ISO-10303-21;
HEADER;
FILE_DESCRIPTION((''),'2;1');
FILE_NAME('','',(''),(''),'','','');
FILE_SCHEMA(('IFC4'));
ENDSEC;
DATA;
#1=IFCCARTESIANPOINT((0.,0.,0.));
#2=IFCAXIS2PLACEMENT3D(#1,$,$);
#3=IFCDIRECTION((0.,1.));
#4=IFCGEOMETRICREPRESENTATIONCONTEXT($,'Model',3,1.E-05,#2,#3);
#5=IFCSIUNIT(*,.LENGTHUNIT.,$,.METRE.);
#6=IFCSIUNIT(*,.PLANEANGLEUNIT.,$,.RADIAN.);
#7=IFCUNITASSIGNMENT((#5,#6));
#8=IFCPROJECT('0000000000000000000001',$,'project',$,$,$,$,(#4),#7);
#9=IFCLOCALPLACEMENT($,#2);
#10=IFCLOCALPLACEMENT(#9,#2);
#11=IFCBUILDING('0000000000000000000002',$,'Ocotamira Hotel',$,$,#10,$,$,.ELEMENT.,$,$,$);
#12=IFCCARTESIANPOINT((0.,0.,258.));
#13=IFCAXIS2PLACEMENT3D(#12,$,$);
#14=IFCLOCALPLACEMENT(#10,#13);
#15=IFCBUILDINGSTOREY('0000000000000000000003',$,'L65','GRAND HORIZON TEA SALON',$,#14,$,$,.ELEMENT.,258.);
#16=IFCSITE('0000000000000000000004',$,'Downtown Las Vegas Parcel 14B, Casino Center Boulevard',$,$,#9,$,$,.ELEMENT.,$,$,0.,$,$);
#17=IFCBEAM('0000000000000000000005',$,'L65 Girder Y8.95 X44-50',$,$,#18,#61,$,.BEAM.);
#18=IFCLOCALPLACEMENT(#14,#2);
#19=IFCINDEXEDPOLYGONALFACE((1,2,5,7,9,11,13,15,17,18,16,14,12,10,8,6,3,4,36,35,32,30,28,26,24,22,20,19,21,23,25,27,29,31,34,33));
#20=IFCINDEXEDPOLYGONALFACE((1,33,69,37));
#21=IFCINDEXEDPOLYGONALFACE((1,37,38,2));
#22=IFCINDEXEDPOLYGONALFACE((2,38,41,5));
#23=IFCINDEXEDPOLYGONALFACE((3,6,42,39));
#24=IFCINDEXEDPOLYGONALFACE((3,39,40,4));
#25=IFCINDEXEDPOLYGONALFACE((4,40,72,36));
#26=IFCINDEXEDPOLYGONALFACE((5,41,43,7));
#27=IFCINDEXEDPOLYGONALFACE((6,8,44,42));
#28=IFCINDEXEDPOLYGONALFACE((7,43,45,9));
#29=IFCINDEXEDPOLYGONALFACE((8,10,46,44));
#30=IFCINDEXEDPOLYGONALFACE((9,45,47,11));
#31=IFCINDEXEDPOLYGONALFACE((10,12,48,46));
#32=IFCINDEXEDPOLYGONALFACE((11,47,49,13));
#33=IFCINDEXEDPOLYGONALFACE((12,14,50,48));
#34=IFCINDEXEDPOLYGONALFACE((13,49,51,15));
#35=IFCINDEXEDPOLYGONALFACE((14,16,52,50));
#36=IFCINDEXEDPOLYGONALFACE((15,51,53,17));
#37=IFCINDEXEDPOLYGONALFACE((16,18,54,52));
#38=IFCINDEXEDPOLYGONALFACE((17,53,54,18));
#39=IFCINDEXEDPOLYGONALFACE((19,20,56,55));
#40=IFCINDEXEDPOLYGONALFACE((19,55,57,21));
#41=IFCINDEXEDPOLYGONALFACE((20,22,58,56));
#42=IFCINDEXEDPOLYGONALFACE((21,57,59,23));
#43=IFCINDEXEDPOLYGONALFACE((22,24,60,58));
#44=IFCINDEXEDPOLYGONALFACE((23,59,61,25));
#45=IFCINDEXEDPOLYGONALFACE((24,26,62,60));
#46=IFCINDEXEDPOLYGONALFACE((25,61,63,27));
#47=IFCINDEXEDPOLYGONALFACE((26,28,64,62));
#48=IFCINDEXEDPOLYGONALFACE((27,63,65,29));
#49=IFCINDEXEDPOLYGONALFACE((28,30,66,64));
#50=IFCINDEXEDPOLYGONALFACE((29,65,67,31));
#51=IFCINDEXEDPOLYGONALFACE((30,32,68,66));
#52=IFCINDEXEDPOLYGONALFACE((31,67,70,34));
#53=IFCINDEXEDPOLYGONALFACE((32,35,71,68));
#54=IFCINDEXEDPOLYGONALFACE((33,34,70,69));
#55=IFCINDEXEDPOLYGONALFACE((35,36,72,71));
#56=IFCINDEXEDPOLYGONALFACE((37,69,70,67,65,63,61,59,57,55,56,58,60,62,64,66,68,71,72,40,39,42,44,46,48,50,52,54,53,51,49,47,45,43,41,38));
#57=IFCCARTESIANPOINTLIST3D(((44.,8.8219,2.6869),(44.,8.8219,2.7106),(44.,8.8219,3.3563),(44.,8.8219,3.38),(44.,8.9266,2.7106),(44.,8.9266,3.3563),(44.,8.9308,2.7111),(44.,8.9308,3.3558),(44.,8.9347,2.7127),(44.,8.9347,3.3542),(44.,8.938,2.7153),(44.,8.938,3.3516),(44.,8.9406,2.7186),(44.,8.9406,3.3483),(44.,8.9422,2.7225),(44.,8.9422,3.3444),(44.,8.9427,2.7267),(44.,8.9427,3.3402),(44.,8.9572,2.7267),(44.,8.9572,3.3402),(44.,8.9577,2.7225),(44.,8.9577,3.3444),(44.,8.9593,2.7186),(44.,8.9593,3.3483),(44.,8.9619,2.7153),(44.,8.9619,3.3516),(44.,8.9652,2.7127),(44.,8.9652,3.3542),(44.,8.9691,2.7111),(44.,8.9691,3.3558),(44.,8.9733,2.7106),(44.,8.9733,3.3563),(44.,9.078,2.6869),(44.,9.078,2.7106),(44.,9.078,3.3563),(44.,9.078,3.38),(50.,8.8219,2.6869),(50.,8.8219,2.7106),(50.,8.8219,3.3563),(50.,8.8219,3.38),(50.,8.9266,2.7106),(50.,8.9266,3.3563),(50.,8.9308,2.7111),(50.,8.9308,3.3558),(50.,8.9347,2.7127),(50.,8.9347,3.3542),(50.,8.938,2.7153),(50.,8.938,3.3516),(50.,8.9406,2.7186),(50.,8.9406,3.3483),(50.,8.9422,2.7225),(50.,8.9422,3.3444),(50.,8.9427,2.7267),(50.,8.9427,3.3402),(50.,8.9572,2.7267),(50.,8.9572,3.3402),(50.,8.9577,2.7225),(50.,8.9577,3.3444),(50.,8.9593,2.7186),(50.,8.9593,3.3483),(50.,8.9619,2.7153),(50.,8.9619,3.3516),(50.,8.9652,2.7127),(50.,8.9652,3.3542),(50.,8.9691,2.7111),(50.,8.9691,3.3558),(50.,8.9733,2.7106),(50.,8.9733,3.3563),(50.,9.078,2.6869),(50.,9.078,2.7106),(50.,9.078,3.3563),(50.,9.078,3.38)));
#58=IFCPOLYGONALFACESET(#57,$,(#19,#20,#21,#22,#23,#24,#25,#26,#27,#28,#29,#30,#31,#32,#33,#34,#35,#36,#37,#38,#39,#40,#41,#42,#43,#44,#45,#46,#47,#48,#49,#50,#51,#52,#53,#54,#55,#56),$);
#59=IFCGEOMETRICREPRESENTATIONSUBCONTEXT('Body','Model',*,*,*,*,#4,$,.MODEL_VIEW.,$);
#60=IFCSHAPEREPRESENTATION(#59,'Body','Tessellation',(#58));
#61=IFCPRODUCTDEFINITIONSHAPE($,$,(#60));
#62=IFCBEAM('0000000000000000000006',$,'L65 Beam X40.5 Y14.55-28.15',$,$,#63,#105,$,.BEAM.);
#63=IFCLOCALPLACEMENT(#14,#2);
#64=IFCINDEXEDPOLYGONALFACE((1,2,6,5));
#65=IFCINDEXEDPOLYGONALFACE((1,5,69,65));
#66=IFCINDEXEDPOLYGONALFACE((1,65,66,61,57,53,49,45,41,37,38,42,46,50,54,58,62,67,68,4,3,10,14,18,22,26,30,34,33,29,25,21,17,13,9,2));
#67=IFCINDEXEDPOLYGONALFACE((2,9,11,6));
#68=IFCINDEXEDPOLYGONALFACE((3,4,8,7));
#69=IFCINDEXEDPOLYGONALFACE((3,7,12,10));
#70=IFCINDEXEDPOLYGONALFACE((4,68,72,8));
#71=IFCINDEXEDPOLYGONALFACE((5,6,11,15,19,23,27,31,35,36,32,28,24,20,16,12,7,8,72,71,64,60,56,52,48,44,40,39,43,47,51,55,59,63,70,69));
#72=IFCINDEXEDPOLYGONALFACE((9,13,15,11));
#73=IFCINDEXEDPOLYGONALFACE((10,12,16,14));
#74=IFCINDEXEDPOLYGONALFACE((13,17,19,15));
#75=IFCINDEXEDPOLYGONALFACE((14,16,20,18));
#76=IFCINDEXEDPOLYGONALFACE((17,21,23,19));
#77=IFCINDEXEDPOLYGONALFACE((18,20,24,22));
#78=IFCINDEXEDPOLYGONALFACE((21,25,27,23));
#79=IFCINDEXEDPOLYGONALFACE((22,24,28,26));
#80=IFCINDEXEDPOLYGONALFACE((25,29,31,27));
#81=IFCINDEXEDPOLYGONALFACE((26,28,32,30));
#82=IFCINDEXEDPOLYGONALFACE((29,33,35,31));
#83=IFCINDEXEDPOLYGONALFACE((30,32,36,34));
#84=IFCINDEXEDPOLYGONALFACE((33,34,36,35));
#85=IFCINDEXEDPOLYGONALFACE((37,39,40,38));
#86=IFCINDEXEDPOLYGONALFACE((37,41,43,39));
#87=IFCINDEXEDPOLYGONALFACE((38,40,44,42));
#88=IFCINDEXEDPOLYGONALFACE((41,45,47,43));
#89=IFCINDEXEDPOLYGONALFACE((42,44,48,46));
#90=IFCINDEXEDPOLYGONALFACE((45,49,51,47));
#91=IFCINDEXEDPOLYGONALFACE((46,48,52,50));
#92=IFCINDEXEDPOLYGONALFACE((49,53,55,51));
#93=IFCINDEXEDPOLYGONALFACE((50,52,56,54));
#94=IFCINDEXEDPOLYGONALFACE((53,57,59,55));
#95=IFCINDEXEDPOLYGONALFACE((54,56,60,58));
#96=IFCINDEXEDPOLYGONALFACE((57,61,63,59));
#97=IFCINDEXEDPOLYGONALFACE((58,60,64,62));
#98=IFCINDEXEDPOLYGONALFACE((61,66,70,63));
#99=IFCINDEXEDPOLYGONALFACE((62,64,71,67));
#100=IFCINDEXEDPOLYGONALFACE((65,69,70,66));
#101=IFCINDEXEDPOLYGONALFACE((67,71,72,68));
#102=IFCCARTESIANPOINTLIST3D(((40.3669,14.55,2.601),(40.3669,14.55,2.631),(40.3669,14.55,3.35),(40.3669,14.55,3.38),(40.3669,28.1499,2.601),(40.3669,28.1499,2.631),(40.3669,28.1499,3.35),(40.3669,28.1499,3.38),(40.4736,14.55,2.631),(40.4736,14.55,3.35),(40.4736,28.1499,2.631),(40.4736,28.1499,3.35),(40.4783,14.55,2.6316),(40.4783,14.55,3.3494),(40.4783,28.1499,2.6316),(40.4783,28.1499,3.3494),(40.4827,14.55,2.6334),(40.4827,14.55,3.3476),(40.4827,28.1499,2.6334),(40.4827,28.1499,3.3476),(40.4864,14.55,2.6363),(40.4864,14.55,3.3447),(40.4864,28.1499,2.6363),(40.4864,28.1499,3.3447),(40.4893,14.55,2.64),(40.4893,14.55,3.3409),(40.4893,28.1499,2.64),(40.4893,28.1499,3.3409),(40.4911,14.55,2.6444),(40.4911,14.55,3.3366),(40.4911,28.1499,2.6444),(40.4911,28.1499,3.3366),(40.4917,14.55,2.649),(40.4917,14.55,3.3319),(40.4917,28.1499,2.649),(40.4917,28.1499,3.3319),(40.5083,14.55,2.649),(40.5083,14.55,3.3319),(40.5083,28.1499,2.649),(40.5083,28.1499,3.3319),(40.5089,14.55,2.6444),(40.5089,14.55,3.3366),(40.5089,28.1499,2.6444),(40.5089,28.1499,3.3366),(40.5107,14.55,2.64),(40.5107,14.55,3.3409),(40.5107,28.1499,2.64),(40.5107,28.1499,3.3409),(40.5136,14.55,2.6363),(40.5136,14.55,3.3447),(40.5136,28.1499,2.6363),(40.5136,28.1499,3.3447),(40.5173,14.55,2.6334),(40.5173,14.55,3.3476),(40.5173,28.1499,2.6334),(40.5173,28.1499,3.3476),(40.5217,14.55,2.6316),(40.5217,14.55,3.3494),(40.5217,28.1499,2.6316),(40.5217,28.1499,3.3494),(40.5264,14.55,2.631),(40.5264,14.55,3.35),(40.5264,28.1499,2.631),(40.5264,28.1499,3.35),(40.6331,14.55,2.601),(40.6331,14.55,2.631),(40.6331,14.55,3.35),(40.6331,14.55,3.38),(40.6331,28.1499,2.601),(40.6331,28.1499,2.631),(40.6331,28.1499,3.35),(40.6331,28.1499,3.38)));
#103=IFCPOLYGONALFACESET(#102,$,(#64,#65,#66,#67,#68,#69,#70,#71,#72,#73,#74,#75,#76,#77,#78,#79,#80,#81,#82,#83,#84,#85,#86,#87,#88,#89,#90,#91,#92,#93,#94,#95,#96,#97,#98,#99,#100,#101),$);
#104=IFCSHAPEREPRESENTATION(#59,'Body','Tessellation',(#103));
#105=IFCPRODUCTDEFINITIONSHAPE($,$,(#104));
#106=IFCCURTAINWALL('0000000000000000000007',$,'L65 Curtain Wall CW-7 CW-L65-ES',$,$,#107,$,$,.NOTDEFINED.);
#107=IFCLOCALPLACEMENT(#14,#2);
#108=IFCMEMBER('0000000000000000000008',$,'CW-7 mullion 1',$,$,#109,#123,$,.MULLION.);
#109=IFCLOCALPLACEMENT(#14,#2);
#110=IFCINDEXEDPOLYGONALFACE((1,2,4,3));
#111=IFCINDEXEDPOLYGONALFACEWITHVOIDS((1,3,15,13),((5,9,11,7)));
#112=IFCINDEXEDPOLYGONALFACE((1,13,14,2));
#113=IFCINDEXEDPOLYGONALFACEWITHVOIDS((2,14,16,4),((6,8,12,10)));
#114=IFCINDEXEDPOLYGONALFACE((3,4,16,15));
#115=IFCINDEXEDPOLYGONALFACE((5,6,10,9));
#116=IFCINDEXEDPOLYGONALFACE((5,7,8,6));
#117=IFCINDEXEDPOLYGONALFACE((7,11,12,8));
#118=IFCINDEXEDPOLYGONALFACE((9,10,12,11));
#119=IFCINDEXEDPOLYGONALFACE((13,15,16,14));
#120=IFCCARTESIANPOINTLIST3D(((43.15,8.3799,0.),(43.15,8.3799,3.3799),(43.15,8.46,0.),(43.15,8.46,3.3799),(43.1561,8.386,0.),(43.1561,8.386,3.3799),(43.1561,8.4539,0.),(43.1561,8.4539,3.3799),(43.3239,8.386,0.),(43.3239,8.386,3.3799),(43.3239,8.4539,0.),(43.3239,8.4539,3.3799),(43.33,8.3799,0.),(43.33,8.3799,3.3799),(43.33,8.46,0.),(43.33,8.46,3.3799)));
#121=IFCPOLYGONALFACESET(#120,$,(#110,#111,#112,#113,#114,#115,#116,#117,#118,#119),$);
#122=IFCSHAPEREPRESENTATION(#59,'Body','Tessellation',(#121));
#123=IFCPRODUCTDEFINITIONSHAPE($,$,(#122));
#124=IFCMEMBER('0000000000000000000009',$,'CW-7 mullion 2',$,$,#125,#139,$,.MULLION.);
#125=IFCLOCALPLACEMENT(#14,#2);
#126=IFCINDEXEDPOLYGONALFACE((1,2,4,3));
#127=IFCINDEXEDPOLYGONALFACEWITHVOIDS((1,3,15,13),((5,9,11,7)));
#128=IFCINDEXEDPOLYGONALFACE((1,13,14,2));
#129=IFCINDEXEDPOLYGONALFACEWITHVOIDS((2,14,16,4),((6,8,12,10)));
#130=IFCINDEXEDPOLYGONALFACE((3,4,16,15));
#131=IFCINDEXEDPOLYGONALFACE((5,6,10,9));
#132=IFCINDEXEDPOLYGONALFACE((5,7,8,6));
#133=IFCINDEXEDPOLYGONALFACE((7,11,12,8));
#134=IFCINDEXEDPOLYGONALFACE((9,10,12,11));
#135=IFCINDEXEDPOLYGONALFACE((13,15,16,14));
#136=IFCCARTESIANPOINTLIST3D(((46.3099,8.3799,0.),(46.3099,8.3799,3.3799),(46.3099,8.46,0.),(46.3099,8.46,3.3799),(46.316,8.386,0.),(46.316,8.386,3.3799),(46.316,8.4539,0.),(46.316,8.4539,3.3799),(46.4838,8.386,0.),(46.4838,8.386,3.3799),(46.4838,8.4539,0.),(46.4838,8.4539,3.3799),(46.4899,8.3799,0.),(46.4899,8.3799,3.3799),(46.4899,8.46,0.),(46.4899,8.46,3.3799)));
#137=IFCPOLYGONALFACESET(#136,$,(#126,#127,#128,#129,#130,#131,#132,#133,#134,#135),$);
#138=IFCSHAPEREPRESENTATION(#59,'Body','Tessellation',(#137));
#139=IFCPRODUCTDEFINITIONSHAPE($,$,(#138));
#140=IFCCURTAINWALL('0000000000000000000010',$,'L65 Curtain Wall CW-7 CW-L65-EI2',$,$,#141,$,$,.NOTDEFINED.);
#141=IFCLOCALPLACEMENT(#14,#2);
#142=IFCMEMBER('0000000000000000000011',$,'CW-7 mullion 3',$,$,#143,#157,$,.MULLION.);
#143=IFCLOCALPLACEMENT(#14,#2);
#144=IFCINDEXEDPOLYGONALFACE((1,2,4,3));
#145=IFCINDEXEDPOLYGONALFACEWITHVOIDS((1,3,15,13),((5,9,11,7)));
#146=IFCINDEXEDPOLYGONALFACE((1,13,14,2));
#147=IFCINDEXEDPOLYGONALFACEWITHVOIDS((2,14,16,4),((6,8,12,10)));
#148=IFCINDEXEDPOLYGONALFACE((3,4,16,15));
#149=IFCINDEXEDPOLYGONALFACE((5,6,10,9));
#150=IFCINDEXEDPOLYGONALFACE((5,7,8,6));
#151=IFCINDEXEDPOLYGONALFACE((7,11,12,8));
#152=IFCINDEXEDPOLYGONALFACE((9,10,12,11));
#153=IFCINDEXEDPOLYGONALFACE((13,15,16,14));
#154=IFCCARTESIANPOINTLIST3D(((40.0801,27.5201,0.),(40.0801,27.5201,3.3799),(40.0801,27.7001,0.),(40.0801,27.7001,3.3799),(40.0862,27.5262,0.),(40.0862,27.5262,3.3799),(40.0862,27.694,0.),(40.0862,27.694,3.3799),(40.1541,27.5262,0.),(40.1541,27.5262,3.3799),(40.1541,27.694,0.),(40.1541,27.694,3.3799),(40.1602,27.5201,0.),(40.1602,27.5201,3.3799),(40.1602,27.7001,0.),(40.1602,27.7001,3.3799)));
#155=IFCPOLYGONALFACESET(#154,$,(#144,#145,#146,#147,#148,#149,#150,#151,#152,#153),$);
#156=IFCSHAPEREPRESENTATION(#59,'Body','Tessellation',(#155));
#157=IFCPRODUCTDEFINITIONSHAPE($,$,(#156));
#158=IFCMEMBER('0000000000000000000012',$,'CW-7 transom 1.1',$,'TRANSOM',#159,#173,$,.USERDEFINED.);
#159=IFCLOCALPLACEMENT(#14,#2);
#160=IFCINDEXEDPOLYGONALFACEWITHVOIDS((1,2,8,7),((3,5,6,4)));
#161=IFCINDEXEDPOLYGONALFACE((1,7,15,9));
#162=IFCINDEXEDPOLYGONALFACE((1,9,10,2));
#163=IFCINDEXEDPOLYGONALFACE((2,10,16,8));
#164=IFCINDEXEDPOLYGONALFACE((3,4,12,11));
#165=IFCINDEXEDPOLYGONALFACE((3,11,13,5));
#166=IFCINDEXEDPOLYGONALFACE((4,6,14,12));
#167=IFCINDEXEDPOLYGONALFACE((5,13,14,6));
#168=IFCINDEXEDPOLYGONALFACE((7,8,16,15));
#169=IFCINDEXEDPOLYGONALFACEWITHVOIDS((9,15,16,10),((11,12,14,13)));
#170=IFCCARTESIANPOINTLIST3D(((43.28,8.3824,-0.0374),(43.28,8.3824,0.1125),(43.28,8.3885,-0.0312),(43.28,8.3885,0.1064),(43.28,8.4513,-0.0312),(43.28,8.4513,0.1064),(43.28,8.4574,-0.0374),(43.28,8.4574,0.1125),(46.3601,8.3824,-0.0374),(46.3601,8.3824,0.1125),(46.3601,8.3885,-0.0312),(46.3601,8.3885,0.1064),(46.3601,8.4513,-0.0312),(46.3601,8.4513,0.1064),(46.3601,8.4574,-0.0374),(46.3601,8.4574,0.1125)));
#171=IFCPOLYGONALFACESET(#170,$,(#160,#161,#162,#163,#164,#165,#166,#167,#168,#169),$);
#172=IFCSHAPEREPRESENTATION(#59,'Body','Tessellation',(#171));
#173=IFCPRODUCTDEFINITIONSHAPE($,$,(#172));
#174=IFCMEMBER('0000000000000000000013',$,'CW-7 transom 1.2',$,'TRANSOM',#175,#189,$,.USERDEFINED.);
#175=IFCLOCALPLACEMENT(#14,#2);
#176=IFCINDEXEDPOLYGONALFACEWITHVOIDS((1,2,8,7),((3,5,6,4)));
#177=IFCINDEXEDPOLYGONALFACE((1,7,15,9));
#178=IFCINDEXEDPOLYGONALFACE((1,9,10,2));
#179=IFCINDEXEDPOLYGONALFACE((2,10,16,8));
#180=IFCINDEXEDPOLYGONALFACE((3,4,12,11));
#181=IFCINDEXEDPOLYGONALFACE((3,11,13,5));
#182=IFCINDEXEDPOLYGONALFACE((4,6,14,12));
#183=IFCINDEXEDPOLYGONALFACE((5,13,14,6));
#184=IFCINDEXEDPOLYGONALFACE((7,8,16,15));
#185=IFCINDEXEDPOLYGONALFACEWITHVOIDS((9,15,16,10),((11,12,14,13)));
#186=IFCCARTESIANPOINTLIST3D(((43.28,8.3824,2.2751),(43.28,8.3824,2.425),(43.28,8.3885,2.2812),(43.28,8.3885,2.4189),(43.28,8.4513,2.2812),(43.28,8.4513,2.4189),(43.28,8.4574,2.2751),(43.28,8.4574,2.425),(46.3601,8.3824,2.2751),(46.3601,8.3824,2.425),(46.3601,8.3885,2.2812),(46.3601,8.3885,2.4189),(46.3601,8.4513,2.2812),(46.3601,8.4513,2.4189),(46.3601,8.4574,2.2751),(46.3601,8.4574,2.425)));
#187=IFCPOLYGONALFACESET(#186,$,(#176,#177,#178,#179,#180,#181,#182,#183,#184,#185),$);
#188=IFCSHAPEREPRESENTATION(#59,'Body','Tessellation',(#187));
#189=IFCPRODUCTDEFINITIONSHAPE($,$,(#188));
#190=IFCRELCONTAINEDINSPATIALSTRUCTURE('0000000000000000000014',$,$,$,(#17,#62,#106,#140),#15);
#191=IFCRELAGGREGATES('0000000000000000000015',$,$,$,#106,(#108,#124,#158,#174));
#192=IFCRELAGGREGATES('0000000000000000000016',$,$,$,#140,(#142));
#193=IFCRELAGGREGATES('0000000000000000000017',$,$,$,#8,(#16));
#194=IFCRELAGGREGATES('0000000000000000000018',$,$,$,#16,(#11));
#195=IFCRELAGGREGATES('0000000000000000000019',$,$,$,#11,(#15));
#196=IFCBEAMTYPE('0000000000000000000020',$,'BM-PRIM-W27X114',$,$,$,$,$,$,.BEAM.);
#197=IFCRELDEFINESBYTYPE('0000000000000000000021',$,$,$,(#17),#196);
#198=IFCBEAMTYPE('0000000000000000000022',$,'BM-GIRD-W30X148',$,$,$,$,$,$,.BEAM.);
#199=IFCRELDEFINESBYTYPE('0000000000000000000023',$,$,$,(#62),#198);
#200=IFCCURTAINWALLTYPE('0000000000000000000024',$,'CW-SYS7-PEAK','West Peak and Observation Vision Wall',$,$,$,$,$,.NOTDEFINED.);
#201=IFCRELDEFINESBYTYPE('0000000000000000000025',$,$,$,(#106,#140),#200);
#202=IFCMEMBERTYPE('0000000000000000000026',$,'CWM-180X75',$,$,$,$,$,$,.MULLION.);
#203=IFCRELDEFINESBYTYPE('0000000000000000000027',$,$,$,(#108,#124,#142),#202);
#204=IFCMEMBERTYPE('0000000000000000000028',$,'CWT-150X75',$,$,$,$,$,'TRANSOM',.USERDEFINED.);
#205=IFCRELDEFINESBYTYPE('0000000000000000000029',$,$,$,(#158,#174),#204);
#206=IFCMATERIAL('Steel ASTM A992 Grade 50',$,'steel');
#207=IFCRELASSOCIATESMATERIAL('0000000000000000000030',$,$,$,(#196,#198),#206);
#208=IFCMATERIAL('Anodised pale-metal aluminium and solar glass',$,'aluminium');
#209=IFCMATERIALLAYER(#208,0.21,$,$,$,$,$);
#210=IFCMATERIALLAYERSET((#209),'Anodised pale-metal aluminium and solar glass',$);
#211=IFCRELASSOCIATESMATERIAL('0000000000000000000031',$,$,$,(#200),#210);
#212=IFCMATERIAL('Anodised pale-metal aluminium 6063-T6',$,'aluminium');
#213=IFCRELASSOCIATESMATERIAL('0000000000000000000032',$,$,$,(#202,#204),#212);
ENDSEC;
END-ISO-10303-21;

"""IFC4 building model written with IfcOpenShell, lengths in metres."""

from ifc_helpers import new_model, si_unit, direction, frame, origin, origin_2d, place, context, subcontext, project, spatial, hollow_rectangle, i_section, extrude, source, transform, mapped, material, layer, layer_set, material_profile, profile_set, type_object, element, aggregate, save


model = new_model("IFC4")

# Units and contexts
model_context = context("Model", 3, precision=1e-05, world=origin(), true_north=direction((0.0, 1.0)))
body_context = subcontext(model_context, "Body", "Model", "MODEL_VIEW")
ifc_project = project(units=[si_unit("LENGTHUNIT", "METRE"), si_unit("PLANEANGLEUNIT", "RADIAN")], contexts=[model_context])

# Site, building, storey
site_placement = place(None, origin())
site = spatial("IfcSite", under=ifc_project, at=site_placement, Name="Downtown Las Vegas Parcel 14B, Casino Center Boulevard", CompositionType="ELEMENT", RefElevation=0.0)
building_placement = place(site_placement, origin())
building = spatial("IfcBuilding", under=site, at=building_placement, Name="Ocotamira Hotel", CompositionType="ELEMENT")
storey_placement = place(building_placement, frame((0.0, 0.0, 258.0)))
storey = spatial("IfcBuildingStorey", under=building, at=storey_placement, Name="L65", Description="GRAND HORIZON TEA SALON", CompositionType="ELEMENT", Elevation=258.0)

# Shared definitions
ifc_material_1 = material(Name="Steel ASTM A992 Grade 50", Category="steel")

# Beams
ifc_material_profile_1 = material_profile(ifc_material_1, i_section(OverallWidth=0.2561, OverallDepth=0.6931, WebThickness=0.0144, FlangeThickness=0.0237, FilletRadius=0.0161, at=origin_2d()), Name="W27X114")
ifc_profile_set_1 = profile_set([ifc_material_profile_1], Name="Steel ASTM A992 Grade 50")
beam_type_1 = type_object("IfcBeamType", Name="BM-PRIM-W27X114", PredefinedType="BEAM", material=ifc_profile_set_1)
shared_shape_1 = source(origin(), body_context, "Body", "SweptSolid", [
    extrude(i_section(OverallWidth=0.2561, OverallDepth=0.6931, WebThickness=0.0144, FlangeThickness=0.0237, FilletRadius=0.0161, at=origin_2d()), origin(), (0.0, 0.0, 1.0), 6.0),
])
beam_1_placement = place(storey_placement, frame((44.0, 8.95, 3.0334), z_axis=(1.0, 0.0, 0.0), x_axis=(0.0, 1.0, 0.0)))
element("IfcBeam", 1, at=beam_1_placement, inside=storey, type_object=beam_type_1, Name="L65 Girder Y8.95 X44-50", PredefinedType="BEAM", context=body_context, shape_type="MappedRepresentation", body=[
    mapped(shared_shape_1, transform((0.0, 0.0, 0.0), scale=1.0)),
])
ifc_material_profile_2 = material_profile(ifc_material_1, i_section(OverallWidth=0.2661, OverallDepth=0.7791, WebThickness=0.0166, FlangeThickness=0.03, FilletRadius=0.0181, at=origin_2d()), Name="W30X148")
ifc_profile_set_2 = profile_set([ifc_material_profile_2], Name="Steel ASTM A992 Grade 50")
beam_type_2 = type_object("IfcBeamType", Name="BM-GIRD-W30X148", PredefinedType="BEAM", material=ifc_profile_set_2)
shared_shape_2 = source(origin(), body_context, "Body", "SweptSolid", [
    extrude(i_section(OverallWidth=0.2661, OverallDepth=0.7791, WebThickness=0.0166, FlangeThickness=0.03, FilletRadius=0.0181, at=origin_2d()), origin(), (0.0, 0.0, 1.0), 13.5999),
])
beam_2_placement = place(storey_placement, frame((40.5, 14.55, 2.9905), z_axis=(0.0, 1.0, 0.0), x_axis=(-1.0, 0.0, 0.0)))
element("IfcBeam", 2, at=beam_2_placement, inside=storey, type_object=beam_type_2, Name="L65 Beam X40.5 Y14.55-28.15", PredefinedType="BEAM", context=body_context, shape_type="MappedRepresentation", body=[
    mapped(shared_shape_2, transform((0.0, 0.0, 0.0), scale=1.0)),
])

# Curtain wall, members
ifc_material_2 = material(Name="Anodised pale-metal aluminium and solar glass", Category="aluminium")
ifc_layer_1 = layer(ifc_material_2, 0.21)
ifc_layer_set_1 = layer_set([ifc_layer_1], Name="Anodised pale-metal aluminium and solar glass")
curtain_wall_type = type_object("IfcCurtainWallType", Name="CW-SYS7-PEAK", Description="West Peak and Observation Vision Wall", PredefinedType="NOTDEFINED", material=ifc_layer_set_1)
curtain_wall_1_placement = place(storey_placement, origin())
curtain_wall_1 = element("IfcCurtainWall", 3, at=curtain_wall_1_placement, inside=storey, type_object=curtain_wall_type, Name="L65 Curtain Wall CW-7 CW-L65-ES", PredefinedType="NOTDEFINED")
ifc_material_3 = material(Name="Anodised pale-metal aluminium 6063-T6", Category="aluminium")
ifc_material_profile_3 = material_profile(ifc_material_3, hollow_rectangle(XDim=0.0801, YDim=0.1799, WallThickness=0.0061, at=origin_2d()), Name="HSS180X80X6")
ifc_profile_set_3 = profile_set([ifc_material_profile_3], Name="Anodised pale-metal aluminium 6063-T6")
member_type_1 = type_object("IfcMemberType", Name="CWM-180X75", PredefinedType="MULLION", material=ifc_profile_set_3)
shared_shape_3 = source(origin(), body_context, "Body", "SweptSolid", [
    extrude(hollow_rectangle(XDim=0.0801, YDim=0.1799, WallThickness=0.0061, at=origin_2d()), origin(), (0.0, 0.0, 1.0), 3.3799),
])
member_1_placement = place(storey_placement, frame((43.24, 8.4199, 0.0), z_axis=(0.0, 0.0, 1.0), x_axis=(0.0, 1.0, 0.0)))
member_1 = element("IfcMember", 4, at=member_1_placement, type_object=member_type_1, Name="CW-7 mullion 1", PredefinedType="MULLION", context=body_context, shape_type="MappedRepresentation", body=[
    mapped(shared_shape_3, transform((0.0, 0.0, 0.0), scale=1.0)),
])
member_2_placement = place(storey_placement, frame((46.3999, 8.4199, 0.0), z_axis=(0.0, 0.0, 1.0), x_axis=(0.0, 1.0, 0.0)))
member_2 = element("IfcMember", 5, at=member_2_placement, type_object=member_type_1, Name="CW-7 mullion 2", PredefinedType="MULLION", context=body_context, shape_type="MappedRepresentation", body=[
    mapped(shared_shape_3, transform((0.0, 0.0, 0.0), scale=1.0)),
])

# Curtain wall, member
curtain_wall_2_placement = place(storey_placement, origin())
curtain_wall_2 = element("IfcCurtainWall", 6, at=curtain_wall_2_placement, inside=storey, type_object=curtain_wall_type, Name="L65 Curtain Wall CW-7 CW-L65-EI2", PredefinedType="NOTDEFINED")
member_3_placement = place(storey_placement, frame((40.1201, 27.6101, 0.0), z_axis=(0.0, 0.0, 1.0), x_axis=(-1.0, 0.0, 0.0)))
member_3 = element("IfcMember", 7, at=member_3_placement, type_object=member_type_1, Name="CW-7 mullion 3", PredefinedType="MULLION", context=body_context, shape_type="MappedRepresentation", body=[
    mapped(shared_shape_3, transform((0.0, 0.0, 0.0), scale=1.0)),
])

# Members
ifc_material_profile_4 = material_profile(ifc_material_3, hollow_rectangle(XDim=0.075, YDim=0.1499, WallThickness=0.0061, at=origin_2d()), Name="HSS150X75X6")
ifc_profile_set_4 = profile_set([ifc_material_profile_4], Name="Anodised pale-metal aluminium 6063-T6")
member_type_2 = type_object("IfcMemberType", Name="CWT-150X75", ElementType="TRANSOM", PredefinedType="USERDEFINED", material=ifc_profile_set_4)
shared_shape_4 = source(origin(), body_context, "Body", "SweptSolid", [
    extrude(hollow_rectangle(XDim=0.075, YDim=0.1499, WallThickness=0.0061, at=origin_2d()), origin(), (0.0, 0.0, 1.0), 3.0801),
])
member_4_placement = place(storey_placement, frame((43.28, 8.4199, 0.0376), z_axis=(1.0, 0.0, 0.0), x_axis=(0.0, 1.0, 0.0)))
member_4 = element("IfcMember", 8, at=member_4_placement, type_object=member_type_2, Name="CW-7 transom 1.1", ObjectType="TRANSOM", PredefinedType="USERDEFINED", context=body_context, shape_type="MappedRepresentation", body=[
    mapped(shared_shape_4, transform((0.0, 0.0, 0.0), scale=1.0)),
])
member_5_placement = place(storey_placement, frame((43.28, 8.4199, 2.3501), z_axis=(1.0, 0.0, 0.0), x_axis=(0.0, 1.0, 0.0)))
member_5 = element("IfcMember", 9, at=member_5_placement, type_object=member_type_2, Name="CW-7 transom 1.2", ObjectType="TRANSOM", PredefinedType="USERDEFINED", context=body_context, shape_type="MappedRepresentation", body=[
    mapped(shared_shape_4, transform((0.0, 0.0, 0.0), scale=1.0)),
])

aggregate(curtain_wall_1, [member_1, member_2, member_4, member_5])
aggregate(curtain_wall_2, [member_3])

save(model, "model.ifc")
